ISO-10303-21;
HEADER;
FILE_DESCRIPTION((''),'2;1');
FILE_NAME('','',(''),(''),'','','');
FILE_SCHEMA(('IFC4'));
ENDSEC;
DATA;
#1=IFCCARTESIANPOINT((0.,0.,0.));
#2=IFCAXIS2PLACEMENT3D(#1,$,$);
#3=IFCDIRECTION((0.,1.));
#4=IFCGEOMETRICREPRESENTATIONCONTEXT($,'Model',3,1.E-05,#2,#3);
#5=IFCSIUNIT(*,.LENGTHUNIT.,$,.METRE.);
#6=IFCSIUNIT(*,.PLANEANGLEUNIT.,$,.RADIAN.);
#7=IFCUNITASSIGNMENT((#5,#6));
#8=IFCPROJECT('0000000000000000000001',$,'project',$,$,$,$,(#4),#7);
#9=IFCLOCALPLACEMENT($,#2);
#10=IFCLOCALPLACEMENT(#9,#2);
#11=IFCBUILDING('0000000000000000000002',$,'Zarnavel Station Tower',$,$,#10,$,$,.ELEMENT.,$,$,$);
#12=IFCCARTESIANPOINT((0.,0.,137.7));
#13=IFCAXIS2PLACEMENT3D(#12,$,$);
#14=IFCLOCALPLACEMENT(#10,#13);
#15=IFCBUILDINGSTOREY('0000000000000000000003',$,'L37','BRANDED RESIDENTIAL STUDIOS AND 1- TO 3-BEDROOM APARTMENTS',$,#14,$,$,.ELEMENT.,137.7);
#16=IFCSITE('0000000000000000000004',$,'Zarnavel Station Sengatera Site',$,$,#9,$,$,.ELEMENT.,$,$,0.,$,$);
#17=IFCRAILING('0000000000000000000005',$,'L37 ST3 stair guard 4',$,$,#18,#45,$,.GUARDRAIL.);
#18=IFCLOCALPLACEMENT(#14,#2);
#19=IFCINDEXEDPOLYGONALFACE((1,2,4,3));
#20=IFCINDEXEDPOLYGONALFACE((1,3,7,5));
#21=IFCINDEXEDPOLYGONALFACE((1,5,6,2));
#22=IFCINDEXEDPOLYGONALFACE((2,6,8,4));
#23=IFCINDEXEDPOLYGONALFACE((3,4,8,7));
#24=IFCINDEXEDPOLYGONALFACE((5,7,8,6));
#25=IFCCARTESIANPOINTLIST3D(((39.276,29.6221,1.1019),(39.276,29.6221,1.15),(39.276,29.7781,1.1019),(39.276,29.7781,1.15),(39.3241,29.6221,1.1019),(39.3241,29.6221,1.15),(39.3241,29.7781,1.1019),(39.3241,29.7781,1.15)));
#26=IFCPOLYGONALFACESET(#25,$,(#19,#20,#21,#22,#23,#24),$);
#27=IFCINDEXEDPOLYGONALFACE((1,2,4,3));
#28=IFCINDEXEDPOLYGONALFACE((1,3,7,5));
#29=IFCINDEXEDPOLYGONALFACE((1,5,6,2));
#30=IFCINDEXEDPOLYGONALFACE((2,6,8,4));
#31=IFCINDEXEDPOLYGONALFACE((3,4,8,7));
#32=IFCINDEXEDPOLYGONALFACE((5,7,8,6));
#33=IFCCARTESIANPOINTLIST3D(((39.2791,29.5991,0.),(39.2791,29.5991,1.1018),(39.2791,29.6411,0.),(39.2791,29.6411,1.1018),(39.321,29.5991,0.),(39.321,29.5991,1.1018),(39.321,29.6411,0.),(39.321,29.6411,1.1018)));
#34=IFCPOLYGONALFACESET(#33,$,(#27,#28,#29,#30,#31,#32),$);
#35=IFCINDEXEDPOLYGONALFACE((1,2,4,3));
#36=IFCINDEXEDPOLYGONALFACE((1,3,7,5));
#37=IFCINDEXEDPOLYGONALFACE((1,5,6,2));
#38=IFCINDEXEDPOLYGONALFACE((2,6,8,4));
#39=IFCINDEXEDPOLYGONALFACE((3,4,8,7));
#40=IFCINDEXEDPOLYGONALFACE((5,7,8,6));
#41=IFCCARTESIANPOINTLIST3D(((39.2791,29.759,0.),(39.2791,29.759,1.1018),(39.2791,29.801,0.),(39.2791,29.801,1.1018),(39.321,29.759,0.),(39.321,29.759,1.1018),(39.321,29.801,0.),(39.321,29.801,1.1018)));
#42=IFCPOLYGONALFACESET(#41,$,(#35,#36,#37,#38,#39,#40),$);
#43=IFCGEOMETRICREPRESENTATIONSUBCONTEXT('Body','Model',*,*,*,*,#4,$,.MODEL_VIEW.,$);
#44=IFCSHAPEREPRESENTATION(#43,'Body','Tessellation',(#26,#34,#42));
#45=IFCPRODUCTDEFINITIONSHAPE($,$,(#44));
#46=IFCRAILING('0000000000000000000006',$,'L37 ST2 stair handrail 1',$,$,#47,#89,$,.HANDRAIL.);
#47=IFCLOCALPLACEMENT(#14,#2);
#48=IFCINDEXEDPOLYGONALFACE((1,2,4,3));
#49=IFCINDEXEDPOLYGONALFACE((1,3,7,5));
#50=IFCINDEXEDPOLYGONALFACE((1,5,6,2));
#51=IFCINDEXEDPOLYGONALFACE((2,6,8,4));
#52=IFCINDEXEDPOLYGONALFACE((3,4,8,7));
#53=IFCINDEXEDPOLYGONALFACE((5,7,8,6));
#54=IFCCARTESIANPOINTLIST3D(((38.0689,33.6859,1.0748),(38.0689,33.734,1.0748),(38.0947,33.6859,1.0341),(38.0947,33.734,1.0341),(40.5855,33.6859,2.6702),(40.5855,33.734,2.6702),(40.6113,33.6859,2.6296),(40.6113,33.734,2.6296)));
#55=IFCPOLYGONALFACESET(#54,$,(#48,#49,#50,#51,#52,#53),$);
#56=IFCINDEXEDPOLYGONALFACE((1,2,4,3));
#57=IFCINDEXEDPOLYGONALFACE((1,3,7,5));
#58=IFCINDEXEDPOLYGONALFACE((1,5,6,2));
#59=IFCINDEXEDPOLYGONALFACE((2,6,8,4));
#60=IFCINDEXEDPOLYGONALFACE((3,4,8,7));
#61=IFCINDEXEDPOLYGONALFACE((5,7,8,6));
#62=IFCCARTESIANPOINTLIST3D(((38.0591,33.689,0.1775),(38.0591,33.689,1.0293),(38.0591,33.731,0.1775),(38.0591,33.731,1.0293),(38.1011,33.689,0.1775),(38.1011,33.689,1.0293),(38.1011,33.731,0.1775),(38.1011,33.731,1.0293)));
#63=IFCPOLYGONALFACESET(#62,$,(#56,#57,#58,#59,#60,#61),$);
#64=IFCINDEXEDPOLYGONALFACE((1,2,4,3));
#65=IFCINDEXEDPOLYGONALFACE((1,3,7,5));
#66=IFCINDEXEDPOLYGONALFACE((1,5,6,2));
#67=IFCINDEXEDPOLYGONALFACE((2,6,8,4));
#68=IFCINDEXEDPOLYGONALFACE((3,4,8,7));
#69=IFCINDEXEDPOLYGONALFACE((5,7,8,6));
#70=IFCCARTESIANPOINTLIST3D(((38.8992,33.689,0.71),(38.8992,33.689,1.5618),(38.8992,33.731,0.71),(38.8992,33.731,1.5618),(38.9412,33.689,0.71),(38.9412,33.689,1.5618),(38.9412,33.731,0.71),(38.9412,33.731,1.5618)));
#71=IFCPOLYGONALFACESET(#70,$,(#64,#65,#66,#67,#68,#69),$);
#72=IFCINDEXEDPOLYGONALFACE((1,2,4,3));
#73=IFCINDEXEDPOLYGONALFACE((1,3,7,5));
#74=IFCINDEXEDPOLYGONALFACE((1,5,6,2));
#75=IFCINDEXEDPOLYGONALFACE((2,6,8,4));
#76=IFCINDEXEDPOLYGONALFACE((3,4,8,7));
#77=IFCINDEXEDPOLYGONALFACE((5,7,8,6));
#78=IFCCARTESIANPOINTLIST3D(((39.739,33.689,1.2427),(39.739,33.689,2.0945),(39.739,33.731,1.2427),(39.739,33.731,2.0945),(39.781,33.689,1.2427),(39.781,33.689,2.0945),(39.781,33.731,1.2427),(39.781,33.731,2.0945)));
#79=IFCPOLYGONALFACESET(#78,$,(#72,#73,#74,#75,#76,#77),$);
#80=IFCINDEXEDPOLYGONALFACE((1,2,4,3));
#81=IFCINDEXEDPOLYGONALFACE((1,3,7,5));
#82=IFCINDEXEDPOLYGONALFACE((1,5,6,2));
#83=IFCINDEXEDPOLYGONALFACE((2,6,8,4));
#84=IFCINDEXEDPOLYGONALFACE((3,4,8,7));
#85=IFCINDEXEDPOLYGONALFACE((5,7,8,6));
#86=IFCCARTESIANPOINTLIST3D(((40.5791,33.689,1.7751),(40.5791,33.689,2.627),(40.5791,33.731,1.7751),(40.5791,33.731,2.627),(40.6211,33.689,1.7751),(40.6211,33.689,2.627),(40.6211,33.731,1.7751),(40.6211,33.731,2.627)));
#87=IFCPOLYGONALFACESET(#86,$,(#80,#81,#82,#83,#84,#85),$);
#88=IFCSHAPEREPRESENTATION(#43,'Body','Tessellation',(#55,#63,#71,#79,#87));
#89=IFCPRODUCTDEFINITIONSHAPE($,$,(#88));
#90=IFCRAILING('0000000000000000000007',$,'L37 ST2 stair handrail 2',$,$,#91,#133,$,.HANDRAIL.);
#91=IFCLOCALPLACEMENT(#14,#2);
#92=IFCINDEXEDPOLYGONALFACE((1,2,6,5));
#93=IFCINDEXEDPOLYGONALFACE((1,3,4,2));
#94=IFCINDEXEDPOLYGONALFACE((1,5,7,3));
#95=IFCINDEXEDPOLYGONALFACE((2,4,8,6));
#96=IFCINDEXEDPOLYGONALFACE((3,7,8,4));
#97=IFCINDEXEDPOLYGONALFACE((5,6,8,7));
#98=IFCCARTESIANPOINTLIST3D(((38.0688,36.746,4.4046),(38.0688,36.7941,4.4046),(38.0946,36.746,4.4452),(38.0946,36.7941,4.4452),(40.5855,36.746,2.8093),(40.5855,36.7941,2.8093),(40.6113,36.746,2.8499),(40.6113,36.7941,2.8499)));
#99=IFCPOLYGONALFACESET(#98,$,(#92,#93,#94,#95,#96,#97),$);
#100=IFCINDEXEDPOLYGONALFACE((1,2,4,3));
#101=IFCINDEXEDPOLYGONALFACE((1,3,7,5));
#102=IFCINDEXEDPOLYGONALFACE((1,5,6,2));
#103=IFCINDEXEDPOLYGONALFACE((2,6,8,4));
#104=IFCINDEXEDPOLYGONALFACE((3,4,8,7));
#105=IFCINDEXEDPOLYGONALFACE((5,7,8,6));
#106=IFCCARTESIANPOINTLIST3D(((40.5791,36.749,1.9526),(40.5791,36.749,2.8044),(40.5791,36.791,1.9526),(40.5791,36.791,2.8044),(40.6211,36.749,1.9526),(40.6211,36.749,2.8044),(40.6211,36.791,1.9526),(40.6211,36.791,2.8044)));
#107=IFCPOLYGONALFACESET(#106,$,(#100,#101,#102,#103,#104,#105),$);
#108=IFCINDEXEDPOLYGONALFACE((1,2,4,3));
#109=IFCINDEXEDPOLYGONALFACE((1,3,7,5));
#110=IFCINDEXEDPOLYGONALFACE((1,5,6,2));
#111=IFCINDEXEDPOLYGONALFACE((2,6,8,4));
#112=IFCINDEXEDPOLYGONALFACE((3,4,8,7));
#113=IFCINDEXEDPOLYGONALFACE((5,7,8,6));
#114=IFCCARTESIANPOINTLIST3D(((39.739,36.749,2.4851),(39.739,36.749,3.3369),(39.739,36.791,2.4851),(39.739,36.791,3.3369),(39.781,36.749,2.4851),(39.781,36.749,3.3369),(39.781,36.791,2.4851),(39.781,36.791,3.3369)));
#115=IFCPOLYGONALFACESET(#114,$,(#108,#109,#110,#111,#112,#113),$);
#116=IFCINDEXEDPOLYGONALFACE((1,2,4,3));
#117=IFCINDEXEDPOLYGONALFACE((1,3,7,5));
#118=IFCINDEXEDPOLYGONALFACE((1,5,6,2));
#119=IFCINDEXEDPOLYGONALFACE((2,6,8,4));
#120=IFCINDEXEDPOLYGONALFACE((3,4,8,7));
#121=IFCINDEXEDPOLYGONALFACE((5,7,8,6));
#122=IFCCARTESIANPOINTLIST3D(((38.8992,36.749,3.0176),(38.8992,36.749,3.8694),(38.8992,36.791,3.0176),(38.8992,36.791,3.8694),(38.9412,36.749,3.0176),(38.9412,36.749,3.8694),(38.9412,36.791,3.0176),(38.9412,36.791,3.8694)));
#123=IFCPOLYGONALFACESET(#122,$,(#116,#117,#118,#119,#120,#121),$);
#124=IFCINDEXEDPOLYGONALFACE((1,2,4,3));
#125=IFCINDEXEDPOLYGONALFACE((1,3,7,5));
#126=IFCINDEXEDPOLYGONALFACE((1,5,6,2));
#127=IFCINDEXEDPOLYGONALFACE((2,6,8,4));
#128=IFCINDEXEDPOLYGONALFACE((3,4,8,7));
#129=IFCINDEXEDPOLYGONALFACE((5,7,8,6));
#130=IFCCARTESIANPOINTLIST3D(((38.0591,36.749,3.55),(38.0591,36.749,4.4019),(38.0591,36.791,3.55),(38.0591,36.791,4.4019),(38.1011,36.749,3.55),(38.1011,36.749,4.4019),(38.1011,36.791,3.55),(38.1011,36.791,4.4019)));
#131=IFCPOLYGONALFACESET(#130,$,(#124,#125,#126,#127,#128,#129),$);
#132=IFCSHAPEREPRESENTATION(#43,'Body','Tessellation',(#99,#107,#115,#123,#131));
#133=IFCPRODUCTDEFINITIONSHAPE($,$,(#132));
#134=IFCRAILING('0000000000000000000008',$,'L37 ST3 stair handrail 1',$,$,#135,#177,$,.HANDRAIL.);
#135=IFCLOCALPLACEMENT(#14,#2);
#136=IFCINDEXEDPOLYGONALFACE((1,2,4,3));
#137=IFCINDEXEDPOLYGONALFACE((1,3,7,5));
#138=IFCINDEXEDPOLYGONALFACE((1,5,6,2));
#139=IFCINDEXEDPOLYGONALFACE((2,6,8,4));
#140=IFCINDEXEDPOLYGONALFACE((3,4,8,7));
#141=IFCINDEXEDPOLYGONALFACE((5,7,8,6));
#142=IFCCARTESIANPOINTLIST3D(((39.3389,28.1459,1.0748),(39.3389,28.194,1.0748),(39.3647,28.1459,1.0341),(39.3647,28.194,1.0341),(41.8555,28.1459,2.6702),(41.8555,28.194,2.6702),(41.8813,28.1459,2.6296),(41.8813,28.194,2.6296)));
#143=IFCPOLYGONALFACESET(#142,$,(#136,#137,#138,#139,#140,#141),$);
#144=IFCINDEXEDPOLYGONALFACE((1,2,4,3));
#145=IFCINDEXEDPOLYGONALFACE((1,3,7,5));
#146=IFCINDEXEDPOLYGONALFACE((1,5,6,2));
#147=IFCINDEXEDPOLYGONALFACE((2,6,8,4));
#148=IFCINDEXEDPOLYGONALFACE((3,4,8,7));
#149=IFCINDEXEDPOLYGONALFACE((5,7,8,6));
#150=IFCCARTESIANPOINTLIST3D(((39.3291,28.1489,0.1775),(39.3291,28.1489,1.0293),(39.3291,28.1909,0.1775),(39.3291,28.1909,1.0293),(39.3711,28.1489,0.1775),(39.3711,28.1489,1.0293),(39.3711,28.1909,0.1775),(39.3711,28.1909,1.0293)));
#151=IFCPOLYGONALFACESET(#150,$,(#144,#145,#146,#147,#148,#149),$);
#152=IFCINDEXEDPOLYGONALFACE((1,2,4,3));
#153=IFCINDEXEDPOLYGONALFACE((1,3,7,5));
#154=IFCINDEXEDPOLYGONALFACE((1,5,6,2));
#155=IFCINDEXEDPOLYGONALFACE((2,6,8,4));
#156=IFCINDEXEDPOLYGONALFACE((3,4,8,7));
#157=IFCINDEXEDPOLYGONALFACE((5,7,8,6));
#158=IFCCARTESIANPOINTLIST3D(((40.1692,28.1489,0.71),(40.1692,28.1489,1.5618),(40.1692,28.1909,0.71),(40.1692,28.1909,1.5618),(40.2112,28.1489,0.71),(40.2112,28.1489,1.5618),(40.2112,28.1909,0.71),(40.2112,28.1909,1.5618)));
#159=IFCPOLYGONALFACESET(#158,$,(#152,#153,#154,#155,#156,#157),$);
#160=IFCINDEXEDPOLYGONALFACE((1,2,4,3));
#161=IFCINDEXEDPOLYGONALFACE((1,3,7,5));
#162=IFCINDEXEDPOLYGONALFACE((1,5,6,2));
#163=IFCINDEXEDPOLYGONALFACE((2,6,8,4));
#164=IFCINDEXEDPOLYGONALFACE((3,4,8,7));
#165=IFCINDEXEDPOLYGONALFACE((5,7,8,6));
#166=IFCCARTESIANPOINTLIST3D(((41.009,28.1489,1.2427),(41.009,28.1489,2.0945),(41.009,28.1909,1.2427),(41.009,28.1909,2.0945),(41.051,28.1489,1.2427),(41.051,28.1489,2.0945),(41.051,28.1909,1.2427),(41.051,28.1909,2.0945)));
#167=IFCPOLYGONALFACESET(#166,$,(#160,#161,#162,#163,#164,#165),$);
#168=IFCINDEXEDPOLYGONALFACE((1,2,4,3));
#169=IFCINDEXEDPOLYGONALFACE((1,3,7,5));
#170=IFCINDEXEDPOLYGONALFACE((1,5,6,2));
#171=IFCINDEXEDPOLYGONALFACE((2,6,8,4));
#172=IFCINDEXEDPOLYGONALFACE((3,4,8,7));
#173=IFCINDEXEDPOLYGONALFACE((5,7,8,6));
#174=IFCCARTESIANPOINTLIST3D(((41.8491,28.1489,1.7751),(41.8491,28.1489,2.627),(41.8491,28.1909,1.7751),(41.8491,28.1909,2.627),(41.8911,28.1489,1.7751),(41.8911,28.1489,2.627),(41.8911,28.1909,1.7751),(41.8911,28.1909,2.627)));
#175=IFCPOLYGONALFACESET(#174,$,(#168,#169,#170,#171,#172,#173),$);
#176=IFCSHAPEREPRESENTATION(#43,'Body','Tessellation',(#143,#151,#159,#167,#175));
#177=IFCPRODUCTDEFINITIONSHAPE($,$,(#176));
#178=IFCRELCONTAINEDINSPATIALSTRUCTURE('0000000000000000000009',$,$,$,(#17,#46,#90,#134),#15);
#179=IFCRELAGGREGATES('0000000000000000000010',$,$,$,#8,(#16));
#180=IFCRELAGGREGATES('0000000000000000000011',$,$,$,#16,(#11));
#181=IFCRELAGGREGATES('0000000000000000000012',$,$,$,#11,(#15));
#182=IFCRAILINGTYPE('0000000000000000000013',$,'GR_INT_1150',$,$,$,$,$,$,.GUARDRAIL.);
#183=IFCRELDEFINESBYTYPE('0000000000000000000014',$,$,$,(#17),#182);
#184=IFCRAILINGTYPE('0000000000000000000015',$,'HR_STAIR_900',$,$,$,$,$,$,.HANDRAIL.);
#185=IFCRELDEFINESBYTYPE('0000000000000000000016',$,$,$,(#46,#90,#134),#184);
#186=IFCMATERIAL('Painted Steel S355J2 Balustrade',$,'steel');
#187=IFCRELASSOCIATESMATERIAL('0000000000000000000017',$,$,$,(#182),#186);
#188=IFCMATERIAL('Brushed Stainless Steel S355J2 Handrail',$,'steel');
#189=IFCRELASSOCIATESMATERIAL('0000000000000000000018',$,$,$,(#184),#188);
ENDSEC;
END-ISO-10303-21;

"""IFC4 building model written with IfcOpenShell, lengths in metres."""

from ifc_helpers import new_model, si_unit, direction, frame, origin, origin_2d, place, context, subcontext, project, spatial, rectangle, extrude, material, type_object, element, save


model = new_model("IFC4")

# Units and contexts
model_context = context("Model", 3, precision=1e-05, world=origin(), true_north=direction((0.0, 1.0)))
body_context = subcontext(model_context, "Body", "Model", "MODEL_VIEW")
ifc_project = project(units=[si_unit("LENGTHUNIT", "METRE"), si_unit("PLANEANGLEUNIT", "RADIAN")], contexts=[model_context])

# Site, building, storey
site_placement = place(None, origin())
site = spatial("IfcSite", under=ifc_project, at=site_placement, Name="Zarnavel Station Sengatera Site", CompositionType="ELEMENT", RefElevation=0.0)
building_placement = place(site_placement, origin())
building = spatial("IfcBuilding", under=site, at=building_placement, Name="Zarnavel Station Tower", CompositionType="ELEMENT")
storey_placement = place(building_placement, frame((0.0, 0.0, 137.7)))
storey = spatial("IfcBuildingStorey", under=building, at=storey_placement, Name="L37", Description="BRANDED RESIDENTIAL STUDIOS AND 1- TO 3-BEDROOM APARTMENTS", CompositionType="ELEMENT", Elevation=137.7)

# Railings
ifc_material_1 = material(Name="Painted Steel S355J2 Balustrade", Category="steel")
railing_type_1 = type_object("IfcRailingType", Name="GR_INT_1150", PredefinedType="GUARDRAIL", material=ifc_material_1)
railing_1_placement = place(storey_placement, frame((39.3, 29.6201, 0.0)))
element("IfcRailing", 1, at=railing_1_placement, inside=storey, type_object=railing_type_1, Name="L37 ST3 stair guard 4", PredefinedType="GUARDRAIL", context=body_context, shape_type="SweptSolid", body=[
    extrude(rectangle(XDim=0.0481, YDim=0.0481, at=origin_2d()), frame((0.0, 0.002, 1.126), z_axis=(0.0, 1.0, 0.0), x_axis=(-1.0, 0.0, 0.0)), (0.0, 0.0, 1.0), 0.156),
    extrude(rectangle(XDim=0.042, YDim=0.042, at=origin_2d()), origin(), (0.0, 0.0, 1.0), 1.1018),
    extrude(rectangle(XDim=0.042, YDim=0.042, at=origin_2d()), frame((0.0, 0.1599, 0.0)), (0.0, 0.0, 1.0), 1.1018),
])
ifc_material_2 = material(Name="Brushed Stainless Steel S355J2 Handrail", Category="steel")
railing_type_2 = type_object("IfcRailingType", Name="HR_STAIR_900", PredefinedType="HANDRAIL", material=ifc_material_2)
railing_2_placement = place(storey_placement, frame((38.0801, 33.71, 0.1775)))
element("IfcRailing", 2, at=railing_2_placement, inside=storey, type_object=railing_type_2, Name="L37 ST2 stair handrail 1", PredefinedType="HANDRAIL", context=body_context, shape_type="SweptSolid", body=[
    extrude(rectangle(XDim=0.0481, YDim=0.0481, at=origin_2d()), frame((0.0017, 0.0, 0.877), z_axis=(0.84457, 0.0, 0.535445), x_axis=(0.0, 1.0, 0.0)), (0.0, 0.0, 1.0), 2.9797),
    extrude(rectangle(XDim=0.042, YDim=0.042, at=origin_2d()), origin(), (0.0, 0.0, 1.0), 0.8518),
    extrude(rectangle(XDim=0.042, YDim=0.042, at=origin_2d()), frame((0.8401, 0.0, 0.5325)), (0.0, 0.0, 1.0), 0.8518),
    extrude(rectangle(XDim=0.042, YDim=0.042, at=origin_2d()), frame((1.6799, 0.0, 1.0652)), (0.0, 0.0, 1.0), 0.8518),
    extrude(rectangle(XDim=0.042, YDim=0.042, at=origin_2d()), frame((2.52, 0.0, 1.5977)), (0.0, 0.0, 1.0), 0.8518),
])
railing_3_placement = place(storey_placement, frame((40.6001, 36.77, 1.9526)))
element("IfcRailing", 3, at=railing_3_placement, inside=storey, type_object=railing_type_2, Name="L37 ST2 stair handrail 2", PredefinedType="HANDRAIL", context=body_context, shape_type="SweptSolid", body=[
    extrude(rectangle(XDim=0.0481, YDim=0.0481, at=origin_2d()), frame((-0.0017, 0.0, 0.877), z_axis=(-0.844607, 0.0, 0.535387), x_axis=(0.0, -1.0, 0.0)), (0.0, 0.0, 1.0), 2.9797),
    extrude(rectangle(XDim=0.042, YDim=0.042, at=origin_2d()), origin(), (0.0, 0.0, 1.0), 0.8518),
    extrude(rectangle(XDim=0.042, YDim=0.042, at=origin_2d()), frame((-0.8401, 0.0, 0.5325)), (0.0, 0.0, 1.0), 0.8518),
    extrude(rectangle(XDim=0.042, YDim=0.042, at=origin_2d()), frame((-1.6799, 0.0, 1.0649)), (0.0, 0.0, 1.0), 0.8518),
    extrude(rectangle(XDim=0.042, YDim=0.042, at=origin_2d()), frame((-2.52, 0.0, 1.5974)), (0.0, 0.0, 1.0), 0.8518),
])
railing_4_placement = place(storey_placement, frame((39.3501, 28.1699, 0.1775)))
element("IfcRailing", 4, at=railing_4_placement, inside=storey, type_object=railing_type_2, Name="L37 ST3 stair handrail 1", PredefinedType="HANDRAIL", context=body_context, shape_type="SweptSolid", body=[
    extrude(rectangle(XDim=0.0481, YDim=0.0481, at=origin_2d()), frame((0.0017, 0.0, 0.877), z_axis=(0.84457, 0.0, 0.535445), x_axis=(0.0, 1.0, 0.0)), (0.0, 0.0, 1.0), 2.9797),
    extrude(rectangle(XDim=0.042, YDim=0.042, at=origin_2d()), origin(), (0.0, 0.0, 1.0), 0.8518),
    extrude(rectangle(XDim=0.042, YDim=0.042, at=origin_2d()), frame((0.8401, 0.0, 0.5325)), (0.0, 0.0, 1.0), 0.8518),
    extrude(rectangle(XDim=0.042, YDim=0.042, at=origin_2d()), frame((1.6799, 0.0, 1.0652)), (0.0, 0.0, 1.0), 0.8518),
    extrude(rectangle(XDim=0.042, YDim=0.042, at=origin_2d()), frame((2.52, 0.0, 1.5977)), (0.0, 0.0, 1.0), 0.8518),
])

save(model, "model.ifc")
